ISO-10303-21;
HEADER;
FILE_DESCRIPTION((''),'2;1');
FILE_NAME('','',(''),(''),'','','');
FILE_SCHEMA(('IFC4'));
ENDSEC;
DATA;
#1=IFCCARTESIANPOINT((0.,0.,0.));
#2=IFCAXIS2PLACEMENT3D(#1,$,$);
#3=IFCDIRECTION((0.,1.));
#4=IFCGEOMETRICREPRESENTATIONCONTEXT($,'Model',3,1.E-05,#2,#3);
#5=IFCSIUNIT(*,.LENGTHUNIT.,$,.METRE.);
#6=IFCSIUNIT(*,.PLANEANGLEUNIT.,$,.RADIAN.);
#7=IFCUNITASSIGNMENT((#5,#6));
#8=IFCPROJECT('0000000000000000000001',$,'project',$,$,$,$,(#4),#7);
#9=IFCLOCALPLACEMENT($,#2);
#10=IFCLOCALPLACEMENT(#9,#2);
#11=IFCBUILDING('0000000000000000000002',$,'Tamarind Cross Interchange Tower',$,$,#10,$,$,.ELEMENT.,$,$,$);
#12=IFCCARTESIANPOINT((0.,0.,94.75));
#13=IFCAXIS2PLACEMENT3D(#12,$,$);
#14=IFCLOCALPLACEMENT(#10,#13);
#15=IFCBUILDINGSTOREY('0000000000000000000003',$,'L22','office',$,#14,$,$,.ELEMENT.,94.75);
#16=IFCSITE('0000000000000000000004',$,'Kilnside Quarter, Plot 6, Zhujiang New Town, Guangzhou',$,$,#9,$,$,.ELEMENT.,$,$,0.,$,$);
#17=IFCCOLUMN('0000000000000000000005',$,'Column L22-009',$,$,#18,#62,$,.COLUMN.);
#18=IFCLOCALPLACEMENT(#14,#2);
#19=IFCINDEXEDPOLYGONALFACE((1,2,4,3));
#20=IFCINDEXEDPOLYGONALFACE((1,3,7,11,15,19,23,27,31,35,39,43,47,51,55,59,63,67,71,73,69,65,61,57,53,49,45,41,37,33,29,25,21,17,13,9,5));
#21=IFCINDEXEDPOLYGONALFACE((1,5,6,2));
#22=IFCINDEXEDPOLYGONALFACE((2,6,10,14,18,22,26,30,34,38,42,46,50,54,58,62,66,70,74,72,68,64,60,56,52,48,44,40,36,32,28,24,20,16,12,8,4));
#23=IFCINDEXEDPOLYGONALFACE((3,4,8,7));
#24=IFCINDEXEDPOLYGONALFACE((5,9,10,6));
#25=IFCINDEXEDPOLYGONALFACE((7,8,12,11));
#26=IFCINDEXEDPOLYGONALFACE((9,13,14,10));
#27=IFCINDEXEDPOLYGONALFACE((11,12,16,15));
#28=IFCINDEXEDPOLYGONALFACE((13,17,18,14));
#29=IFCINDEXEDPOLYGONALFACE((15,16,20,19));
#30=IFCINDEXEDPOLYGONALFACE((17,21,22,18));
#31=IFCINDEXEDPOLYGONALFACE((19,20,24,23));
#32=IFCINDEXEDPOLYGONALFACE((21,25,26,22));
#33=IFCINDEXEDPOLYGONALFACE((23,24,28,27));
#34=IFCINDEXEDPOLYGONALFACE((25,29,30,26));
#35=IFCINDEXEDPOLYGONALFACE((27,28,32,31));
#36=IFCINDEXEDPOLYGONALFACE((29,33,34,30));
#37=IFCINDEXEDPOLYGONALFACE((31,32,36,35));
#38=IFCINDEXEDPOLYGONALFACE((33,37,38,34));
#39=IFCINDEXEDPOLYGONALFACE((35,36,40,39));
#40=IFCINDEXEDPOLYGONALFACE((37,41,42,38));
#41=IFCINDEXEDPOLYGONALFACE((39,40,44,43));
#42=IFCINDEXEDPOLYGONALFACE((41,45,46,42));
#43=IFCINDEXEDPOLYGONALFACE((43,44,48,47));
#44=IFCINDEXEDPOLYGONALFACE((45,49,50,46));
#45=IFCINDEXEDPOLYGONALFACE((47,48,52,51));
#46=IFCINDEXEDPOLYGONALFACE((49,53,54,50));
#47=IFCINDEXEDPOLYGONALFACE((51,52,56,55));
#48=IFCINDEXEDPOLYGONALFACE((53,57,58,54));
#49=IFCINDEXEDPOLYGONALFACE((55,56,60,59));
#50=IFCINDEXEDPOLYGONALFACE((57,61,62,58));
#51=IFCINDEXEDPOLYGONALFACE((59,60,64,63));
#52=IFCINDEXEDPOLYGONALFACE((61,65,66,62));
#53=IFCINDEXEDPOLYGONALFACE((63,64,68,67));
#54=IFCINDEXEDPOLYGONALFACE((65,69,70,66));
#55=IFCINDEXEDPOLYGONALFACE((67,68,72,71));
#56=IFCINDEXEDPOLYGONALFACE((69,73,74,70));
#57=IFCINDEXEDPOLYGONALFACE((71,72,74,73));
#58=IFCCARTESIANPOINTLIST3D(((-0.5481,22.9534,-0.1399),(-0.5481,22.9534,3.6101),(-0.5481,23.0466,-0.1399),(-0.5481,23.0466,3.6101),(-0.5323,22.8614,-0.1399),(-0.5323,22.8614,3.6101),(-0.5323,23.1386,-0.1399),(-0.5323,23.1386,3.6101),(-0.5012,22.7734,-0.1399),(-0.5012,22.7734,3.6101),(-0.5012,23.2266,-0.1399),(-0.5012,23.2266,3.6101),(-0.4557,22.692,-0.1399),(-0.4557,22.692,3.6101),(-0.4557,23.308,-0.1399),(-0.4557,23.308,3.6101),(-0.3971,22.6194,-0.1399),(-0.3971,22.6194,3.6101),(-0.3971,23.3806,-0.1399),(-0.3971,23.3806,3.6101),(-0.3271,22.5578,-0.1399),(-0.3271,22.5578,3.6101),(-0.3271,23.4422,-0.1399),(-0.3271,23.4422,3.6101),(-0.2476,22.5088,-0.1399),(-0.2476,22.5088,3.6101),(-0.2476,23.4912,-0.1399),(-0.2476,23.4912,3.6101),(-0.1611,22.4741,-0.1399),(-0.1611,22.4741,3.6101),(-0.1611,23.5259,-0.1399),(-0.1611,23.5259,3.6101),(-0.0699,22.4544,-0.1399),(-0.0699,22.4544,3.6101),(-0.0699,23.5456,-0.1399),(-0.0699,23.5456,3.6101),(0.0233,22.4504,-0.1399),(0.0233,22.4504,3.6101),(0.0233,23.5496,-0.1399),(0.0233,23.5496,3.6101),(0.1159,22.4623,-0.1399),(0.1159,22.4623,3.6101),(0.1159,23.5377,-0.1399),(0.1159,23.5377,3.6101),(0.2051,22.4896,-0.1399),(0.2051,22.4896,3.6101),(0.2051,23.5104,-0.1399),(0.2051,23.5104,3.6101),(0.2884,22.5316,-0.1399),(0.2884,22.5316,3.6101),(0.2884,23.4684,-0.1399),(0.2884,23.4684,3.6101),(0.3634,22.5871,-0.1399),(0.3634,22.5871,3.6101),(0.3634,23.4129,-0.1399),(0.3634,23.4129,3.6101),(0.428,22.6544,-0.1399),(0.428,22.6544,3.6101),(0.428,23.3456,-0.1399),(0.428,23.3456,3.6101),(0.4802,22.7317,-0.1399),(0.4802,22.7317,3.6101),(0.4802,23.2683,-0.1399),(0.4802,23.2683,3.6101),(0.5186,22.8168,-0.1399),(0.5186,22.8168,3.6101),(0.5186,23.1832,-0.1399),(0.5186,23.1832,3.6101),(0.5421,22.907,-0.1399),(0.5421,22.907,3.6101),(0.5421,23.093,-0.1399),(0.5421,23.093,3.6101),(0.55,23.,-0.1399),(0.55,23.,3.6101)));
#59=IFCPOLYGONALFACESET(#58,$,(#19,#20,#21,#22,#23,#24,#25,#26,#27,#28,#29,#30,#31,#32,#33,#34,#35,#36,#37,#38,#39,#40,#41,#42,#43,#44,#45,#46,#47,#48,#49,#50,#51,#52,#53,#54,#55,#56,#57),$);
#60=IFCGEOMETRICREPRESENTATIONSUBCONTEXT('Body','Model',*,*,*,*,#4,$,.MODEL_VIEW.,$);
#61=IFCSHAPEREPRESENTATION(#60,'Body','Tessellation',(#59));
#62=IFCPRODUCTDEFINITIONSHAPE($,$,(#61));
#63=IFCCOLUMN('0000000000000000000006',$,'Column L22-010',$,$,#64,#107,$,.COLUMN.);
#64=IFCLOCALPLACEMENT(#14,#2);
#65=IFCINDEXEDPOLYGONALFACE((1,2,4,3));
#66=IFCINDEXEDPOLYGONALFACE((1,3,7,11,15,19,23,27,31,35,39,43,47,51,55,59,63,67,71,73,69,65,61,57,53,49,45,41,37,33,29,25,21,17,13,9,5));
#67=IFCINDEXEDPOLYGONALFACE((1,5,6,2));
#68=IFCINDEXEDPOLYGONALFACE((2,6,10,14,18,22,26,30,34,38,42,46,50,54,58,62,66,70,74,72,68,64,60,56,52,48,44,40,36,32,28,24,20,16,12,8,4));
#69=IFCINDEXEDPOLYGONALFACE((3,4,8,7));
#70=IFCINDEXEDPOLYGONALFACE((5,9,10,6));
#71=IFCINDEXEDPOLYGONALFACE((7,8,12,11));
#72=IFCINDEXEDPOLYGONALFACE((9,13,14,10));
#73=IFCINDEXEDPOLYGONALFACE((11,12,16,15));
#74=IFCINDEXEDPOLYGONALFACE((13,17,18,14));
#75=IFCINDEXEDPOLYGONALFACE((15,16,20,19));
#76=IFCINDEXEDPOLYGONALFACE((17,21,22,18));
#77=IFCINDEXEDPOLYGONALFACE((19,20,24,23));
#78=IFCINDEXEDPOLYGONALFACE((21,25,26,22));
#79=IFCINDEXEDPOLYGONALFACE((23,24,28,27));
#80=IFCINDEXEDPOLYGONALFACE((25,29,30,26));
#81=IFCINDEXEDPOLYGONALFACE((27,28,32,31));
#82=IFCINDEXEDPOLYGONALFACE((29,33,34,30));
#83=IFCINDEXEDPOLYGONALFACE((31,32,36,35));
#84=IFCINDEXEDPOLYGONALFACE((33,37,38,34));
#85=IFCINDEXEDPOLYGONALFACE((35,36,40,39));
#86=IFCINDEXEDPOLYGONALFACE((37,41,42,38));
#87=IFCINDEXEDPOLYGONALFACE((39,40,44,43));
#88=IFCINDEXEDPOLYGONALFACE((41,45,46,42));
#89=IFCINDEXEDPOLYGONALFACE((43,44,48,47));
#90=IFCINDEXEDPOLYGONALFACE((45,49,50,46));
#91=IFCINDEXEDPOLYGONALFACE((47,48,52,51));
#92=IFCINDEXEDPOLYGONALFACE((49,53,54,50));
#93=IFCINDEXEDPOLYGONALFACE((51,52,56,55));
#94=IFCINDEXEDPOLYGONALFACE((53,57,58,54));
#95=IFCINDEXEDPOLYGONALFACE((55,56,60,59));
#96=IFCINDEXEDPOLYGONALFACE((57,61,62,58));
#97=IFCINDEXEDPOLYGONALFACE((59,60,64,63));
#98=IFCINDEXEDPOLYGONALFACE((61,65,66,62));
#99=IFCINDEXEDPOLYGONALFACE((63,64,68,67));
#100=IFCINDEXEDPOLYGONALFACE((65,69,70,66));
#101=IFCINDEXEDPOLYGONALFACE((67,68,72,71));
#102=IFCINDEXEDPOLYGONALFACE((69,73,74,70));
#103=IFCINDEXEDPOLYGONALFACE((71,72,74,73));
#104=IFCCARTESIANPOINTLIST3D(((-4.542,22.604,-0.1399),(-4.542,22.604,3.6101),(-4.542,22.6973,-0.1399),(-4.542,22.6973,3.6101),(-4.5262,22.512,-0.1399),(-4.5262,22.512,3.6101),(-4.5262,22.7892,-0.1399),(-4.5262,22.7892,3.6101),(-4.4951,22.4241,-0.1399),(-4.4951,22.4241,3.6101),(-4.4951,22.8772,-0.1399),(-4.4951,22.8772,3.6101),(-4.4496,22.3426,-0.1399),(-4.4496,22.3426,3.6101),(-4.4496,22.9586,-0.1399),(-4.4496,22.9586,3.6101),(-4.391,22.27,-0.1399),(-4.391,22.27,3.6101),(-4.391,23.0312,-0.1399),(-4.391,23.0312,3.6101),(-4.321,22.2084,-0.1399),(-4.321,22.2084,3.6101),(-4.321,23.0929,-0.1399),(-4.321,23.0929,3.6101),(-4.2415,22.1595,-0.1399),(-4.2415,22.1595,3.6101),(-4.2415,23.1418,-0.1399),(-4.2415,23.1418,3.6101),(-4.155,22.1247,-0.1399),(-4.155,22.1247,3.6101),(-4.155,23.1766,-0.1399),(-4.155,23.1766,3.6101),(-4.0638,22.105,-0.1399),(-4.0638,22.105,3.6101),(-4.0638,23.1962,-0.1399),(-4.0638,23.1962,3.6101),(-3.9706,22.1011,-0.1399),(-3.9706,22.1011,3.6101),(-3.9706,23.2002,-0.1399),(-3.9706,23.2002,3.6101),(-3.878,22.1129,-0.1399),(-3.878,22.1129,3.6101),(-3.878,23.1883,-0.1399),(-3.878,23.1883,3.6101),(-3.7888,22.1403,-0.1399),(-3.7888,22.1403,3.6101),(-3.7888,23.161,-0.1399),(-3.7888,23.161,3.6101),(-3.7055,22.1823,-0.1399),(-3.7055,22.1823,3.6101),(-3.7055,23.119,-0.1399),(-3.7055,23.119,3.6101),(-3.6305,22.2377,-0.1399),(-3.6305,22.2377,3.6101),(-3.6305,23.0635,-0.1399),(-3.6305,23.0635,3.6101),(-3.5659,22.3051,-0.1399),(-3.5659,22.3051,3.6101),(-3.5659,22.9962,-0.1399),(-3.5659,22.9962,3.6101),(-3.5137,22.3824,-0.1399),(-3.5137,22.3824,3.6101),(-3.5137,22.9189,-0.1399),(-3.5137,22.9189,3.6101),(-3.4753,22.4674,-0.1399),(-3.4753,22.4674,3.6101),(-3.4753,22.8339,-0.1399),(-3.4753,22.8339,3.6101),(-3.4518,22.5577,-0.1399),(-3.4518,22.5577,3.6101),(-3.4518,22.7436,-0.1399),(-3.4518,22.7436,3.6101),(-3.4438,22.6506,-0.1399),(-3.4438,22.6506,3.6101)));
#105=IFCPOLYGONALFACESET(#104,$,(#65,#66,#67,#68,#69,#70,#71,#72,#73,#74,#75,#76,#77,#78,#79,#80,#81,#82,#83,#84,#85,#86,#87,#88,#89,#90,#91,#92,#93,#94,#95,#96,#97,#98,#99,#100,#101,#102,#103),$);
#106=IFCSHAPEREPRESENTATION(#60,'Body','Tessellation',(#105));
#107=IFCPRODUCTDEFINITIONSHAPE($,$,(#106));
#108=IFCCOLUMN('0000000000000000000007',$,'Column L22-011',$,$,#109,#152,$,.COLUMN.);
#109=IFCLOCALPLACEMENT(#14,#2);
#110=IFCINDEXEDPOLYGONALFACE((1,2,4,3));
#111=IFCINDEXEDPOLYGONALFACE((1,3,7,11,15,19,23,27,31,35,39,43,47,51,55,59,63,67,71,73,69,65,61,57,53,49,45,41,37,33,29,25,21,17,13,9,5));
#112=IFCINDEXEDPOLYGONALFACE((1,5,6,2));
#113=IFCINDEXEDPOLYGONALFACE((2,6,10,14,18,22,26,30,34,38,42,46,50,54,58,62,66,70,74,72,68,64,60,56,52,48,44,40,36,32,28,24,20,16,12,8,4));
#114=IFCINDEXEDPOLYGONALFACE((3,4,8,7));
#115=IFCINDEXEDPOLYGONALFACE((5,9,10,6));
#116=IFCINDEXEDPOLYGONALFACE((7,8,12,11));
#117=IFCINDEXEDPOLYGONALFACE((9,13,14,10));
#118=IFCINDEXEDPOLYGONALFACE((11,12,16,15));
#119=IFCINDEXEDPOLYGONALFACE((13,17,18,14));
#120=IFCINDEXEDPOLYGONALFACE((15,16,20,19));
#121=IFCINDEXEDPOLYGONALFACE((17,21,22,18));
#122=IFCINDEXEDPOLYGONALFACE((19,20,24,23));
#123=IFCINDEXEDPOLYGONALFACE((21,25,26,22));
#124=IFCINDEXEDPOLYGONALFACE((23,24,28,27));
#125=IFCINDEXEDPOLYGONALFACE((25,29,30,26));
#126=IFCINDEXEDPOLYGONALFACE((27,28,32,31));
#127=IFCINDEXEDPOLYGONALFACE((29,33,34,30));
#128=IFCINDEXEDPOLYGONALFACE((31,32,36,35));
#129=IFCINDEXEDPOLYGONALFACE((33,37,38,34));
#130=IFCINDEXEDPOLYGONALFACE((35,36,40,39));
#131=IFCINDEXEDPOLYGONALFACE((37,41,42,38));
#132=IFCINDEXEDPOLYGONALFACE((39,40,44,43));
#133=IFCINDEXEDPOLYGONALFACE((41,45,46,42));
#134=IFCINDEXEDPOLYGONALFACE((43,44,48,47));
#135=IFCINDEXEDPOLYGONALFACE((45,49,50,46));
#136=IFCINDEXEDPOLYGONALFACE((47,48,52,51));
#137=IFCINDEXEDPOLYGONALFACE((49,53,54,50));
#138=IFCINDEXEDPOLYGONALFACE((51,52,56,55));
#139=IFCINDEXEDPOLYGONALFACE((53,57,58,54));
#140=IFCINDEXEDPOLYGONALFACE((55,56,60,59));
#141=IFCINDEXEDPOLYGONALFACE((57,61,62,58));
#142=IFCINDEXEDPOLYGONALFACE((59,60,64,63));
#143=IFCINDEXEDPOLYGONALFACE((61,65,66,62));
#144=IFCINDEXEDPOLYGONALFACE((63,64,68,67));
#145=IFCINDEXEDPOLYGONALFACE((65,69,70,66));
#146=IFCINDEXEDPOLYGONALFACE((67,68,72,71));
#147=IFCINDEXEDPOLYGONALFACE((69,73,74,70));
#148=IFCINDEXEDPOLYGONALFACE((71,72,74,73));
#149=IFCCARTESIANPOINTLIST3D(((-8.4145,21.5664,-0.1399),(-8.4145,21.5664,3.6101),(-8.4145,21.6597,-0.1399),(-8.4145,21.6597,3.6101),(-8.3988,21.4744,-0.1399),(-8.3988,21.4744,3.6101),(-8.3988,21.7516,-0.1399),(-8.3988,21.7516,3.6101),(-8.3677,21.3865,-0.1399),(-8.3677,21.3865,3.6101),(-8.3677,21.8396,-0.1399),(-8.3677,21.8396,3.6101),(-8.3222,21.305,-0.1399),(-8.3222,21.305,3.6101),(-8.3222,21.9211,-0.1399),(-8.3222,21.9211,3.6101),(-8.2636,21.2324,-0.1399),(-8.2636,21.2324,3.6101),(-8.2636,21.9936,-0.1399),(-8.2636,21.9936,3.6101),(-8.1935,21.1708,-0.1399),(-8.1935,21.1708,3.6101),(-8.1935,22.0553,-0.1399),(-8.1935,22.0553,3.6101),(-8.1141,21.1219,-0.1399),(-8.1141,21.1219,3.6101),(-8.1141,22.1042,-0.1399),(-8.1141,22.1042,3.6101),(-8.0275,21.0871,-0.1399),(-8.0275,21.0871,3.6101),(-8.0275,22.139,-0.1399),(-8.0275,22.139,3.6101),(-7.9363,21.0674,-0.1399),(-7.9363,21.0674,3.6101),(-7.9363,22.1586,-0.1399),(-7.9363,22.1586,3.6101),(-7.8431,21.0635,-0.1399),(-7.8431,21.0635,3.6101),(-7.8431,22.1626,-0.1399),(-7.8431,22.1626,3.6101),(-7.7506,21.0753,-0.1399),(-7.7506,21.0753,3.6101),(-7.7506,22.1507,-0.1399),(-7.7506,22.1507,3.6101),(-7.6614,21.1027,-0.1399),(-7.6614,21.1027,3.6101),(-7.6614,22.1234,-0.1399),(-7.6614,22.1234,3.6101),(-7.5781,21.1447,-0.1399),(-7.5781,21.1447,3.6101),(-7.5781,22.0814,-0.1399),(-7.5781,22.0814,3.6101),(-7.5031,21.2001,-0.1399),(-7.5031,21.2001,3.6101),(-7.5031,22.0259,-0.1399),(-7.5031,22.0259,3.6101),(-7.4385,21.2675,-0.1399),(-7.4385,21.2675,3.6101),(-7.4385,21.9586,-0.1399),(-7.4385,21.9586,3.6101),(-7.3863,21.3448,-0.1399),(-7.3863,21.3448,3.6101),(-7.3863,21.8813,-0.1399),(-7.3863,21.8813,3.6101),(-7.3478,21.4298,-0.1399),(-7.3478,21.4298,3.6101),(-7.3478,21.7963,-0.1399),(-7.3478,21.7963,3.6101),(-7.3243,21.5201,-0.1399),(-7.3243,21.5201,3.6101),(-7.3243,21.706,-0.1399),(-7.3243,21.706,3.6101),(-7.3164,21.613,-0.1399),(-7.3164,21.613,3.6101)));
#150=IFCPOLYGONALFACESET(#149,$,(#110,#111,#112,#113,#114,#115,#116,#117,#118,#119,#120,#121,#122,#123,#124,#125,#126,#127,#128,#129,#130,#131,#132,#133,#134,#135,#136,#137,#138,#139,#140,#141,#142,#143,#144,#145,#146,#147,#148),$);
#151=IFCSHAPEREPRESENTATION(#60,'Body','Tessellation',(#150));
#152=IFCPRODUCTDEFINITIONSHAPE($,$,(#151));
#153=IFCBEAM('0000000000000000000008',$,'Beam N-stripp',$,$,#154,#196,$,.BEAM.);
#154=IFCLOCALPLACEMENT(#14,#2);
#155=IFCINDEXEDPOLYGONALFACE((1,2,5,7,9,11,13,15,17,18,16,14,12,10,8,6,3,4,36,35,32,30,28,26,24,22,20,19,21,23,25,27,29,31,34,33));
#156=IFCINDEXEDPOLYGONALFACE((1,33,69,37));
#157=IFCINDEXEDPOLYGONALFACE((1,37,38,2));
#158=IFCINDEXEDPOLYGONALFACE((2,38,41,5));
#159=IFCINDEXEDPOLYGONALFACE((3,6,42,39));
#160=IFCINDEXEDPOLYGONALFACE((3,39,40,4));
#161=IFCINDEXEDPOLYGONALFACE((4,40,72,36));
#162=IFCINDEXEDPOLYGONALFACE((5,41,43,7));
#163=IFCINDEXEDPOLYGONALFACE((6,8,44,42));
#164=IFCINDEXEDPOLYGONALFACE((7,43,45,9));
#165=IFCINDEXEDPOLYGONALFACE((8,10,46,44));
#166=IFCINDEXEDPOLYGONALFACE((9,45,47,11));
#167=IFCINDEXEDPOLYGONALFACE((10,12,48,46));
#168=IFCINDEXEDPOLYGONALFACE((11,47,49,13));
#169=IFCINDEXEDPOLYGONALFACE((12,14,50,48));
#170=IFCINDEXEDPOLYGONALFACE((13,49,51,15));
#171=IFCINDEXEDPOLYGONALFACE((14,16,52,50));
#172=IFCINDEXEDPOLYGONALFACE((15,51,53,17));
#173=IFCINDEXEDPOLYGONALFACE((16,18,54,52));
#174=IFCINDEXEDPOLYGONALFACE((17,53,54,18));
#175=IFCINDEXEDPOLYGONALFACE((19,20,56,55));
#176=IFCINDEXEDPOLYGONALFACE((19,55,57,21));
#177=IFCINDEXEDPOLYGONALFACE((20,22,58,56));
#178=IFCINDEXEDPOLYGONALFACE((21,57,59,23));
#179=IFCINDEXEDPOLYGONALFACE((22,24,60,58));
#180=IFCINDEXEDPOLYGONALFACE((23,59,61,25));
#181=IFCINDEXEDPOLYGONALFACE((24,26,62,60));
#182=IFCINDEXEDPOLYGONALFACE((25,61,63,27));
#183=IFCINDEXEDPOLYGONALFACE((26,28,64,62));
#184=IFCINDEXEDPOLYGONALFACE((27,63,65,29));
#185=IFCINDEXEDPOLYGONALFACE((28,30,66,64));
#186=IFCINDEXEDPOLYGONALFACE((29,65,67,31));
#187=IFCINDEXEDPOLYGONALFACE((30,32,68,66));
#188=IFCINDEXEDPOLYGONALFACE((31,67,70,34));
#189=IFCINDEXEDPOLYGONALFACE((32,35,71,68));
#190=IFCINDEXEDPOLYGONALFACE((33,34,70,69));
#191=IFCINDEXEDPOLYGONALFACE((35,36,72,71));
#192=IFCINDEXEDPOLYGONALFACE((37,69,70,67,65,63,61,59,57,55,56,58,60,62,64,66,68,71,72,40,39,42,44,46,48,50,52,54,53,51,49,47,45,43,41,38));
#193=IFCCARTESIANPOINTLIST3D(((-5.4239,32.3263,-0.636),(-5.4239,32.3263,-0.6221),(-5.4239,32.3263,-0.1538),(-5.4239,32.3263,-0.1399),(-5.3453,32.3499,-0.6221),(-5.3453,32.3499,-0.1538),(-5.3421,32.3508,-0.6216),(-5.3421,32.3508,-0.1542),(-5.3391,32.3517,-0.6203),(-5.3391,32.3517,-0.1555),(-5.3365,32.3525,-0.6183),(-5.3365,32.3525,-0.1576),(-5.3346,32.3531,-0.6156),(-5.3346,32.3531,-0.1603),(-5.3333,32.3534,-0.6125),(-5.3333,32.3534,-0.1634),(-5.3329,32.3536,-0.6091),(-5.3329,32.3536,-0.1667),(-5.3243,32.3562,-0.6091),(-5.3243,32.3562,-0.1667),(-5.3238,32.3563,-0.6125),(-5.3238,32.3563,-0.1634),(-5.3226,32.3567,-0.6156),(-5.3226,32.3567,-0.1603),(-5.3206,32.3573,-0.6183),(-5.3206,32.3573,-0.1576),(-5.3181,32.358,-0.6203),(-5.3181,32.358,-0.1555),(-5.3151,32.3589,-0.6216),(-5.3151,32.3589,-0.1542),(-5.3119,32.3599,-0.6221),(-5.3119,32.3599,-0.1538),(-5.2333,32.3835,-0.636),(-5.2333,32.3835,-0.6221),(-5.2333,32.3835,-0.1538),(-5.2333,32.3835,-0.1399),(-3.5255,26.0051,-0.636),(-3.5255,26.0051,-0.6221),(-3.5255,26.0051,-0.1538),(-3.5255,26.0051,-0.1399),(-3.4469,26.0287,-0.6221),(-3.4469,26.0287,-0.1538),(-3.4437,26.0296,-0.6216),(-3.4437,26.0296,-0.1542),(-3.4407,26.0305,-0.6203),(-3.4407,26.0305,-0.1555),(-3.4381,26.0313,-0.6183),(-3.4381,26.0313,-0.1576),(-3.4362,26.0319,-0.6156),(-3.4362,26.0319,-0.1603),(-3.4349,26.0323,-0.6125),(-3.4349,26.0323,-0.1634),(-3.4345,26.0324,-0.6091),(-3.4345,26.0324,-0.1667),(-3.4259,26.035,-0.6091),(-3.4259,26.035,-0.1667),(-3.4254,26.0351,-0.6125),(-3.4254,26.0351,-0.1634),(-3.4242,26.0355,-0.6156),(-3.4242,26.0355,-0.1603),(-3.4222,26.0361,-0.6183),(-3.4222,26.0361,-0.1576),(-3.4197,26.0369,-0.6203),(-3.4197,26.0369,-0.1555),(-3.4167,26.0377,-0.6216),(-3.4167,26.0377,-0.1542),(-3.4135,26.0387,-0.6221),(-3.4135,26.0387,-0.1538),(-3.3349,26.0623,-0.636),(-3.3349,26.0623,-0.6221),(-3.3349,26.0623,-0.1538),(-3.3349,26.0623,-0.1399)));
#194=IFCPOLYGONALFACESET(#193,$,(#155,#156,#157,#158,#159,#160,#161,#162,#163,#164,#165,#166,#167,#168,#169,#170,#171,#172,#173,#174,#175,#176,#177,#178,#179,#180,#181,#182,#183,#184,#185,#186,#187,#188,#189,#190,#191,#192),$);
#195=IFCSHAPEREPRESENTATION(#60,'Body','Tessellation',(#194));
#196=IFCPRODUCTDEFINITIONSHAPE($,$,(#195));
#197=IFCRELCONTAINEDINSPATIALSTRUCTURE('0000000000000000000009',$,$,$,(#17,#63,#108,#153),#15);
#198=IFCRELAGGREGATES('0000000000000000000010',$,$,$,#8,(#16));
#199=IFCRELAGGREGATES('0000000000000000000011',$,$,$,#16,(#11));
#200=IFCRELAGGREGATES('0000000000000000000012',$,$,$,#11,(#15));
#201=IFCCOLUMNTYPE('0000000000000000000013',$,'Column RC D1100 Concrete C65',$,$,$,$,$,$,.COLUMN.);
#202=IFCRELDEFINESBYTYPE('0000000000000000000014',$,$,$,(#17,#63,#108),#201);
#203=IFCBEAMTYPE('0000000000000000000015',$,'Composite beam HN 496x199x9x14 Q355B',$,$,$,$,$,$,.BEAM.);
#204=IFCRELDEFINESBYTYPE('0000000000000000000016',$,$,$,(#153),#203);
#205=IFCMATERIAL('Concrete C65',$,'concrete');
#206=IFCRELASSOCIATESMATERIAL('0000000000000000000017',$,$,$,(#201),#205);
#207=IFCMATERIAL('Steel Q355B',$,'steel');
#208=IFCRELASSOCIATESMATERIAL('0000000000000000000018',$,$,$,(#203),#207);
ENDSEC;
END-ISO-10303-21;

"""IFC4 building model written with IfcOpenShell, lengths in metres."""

from ifc_helpers import new_model, si_unit, direction, frame, origin, origin_2d, place, context, subcontext, project, spatial, circle, i_section, extrude, material, material_profile, profile_set, type_object, element, save


model = new_model("IFC4")

# Units and contexts
model_context = context("Model", 3, precision=1e-05, world=origin(), true_north=direction((0.0, 1.0)))
body_context = subcontext(model_context, "Body", "Model", "MODEL_VIEW")
ifc_project = project(units=[si_unit("LENGTHUNIT", "METRE"), si_unit("PLANEANGLEUNIT", "RADIAN")], contexts=[model_context])

# Site, building, storey
site_placement = place(None, origin())
site = spatial("IfcSite", under=ifc_project, at=site_placement, Name="Kilnside Quarter, Plot 6, Zhujiang New Town, Guangzhou", CompositionType="ELEMENT", RefElevation=0.0)
building_placement = place(site_placement, origin())
building = spatial("IfcBuilding", under=site, at=building_placement, Name="Tamarind Cross Interchange Tower", CompositionType="ELEMENT")
storey_placement = place(building_placement, frame((0.0, 0.0, 94.75)))
storey = spatial("IfcBuildingStorey", under=building, at=storey_placement, Name="L22", Description="office", CompositionType="ELEMENT", Elevation=94.75)

# Columns
ifc_material_1 = material(Name="Concrete C65", Category="concrete")
ifc_material_profile_1 = material_profile(ifc_material_1, circle(Radius=0.55, at=origin_2d()), Name="RC D1100")
ifc_profile_set_1 = profile_set([ifc_material_profile_1], Name="Concrete C65")
column_type = type_object("IfcColumnType", Name="Column RC D1100 Concrete C65", PredefinedType="COLUMN", material=ifc_profile_set_1)
for number, where, z_axis, x_axis, name in (
    (1, (0.0, 23.0, -0.1399), (0.0, 0.0, 1.0), (1.0, 0.0, 0.0), "Column L22-009"),
    (2, (-3.9939, 22.6506, -0.1399), (0.0, 0.0, 1.0), (1.0, 0.0, 0.0), "Column L22-010"),
    (3, (-7.8665, 21.613, -0.1399), (0.0, 0.0, 1.0), (1.0, 0.0, 0.0), "Column L22-011"),
):
    element("IfcColumn", number, at=place(storey_placement, frame(where, z_axis=z_axis, x_axis=x_axis)), inside=storey, type_object=column_type, Name=name, PredefinedType="COLUMN", context=body_context, shape_type="SweptSolid", body=[
        extrude(circle(Radius=0.55, at=origin_2d()), origin(), (0.0, 0.0, 1.0), 3.75),
    ])

# Beam
ifc_material_2 = material(Name="Steel Q355B", Category="steel")
ifc_material_profile_2 = material_profile(ifc_material_2, i_section(OverallWidth=0.199, OverallDepth=0.4961, WebThickness=0.009, FlangeThickness=0.0139, FilletRadius=0.0129, at=origin_2d()), Name="HN 496x199x9x14")
ifc_profile_set_2 = profile_set([ifc_material_profile_2], Name="Steel Q355B")
beam_type_1 = type_object("IfcBeamType", Name="Composite beam HN 496x199x9x14 Q355B", PredefinedType="BEAM", material=ifc_profile_set_2)
beam_1_placement = place(storey_placement, frame((-3.4302, 26.0337, -0.3879), z_axis=(-0.287633, 0.957741, 0.0), x_axis=(-0.957741, -0.287633, 0.0)))
element("IfcBeam", 4, at=beam_1_placement, inside=storey, type_object=beam_type_1, Name="Beam N-stripp", PredefinedType="BEAM", context=body_context, shape_type="SweptSolid", body=[
    extrude(i_section(OverallWidth=0.199, OverallDepth=0.4961, WebThickness=0.009, FlangeThickness=0.0139, FilletRadius=0.0129, at=origin_2d()), origin(), (0.0, 0.0, 1.0), 6.6001),
])

save(model, "model.ifc")
